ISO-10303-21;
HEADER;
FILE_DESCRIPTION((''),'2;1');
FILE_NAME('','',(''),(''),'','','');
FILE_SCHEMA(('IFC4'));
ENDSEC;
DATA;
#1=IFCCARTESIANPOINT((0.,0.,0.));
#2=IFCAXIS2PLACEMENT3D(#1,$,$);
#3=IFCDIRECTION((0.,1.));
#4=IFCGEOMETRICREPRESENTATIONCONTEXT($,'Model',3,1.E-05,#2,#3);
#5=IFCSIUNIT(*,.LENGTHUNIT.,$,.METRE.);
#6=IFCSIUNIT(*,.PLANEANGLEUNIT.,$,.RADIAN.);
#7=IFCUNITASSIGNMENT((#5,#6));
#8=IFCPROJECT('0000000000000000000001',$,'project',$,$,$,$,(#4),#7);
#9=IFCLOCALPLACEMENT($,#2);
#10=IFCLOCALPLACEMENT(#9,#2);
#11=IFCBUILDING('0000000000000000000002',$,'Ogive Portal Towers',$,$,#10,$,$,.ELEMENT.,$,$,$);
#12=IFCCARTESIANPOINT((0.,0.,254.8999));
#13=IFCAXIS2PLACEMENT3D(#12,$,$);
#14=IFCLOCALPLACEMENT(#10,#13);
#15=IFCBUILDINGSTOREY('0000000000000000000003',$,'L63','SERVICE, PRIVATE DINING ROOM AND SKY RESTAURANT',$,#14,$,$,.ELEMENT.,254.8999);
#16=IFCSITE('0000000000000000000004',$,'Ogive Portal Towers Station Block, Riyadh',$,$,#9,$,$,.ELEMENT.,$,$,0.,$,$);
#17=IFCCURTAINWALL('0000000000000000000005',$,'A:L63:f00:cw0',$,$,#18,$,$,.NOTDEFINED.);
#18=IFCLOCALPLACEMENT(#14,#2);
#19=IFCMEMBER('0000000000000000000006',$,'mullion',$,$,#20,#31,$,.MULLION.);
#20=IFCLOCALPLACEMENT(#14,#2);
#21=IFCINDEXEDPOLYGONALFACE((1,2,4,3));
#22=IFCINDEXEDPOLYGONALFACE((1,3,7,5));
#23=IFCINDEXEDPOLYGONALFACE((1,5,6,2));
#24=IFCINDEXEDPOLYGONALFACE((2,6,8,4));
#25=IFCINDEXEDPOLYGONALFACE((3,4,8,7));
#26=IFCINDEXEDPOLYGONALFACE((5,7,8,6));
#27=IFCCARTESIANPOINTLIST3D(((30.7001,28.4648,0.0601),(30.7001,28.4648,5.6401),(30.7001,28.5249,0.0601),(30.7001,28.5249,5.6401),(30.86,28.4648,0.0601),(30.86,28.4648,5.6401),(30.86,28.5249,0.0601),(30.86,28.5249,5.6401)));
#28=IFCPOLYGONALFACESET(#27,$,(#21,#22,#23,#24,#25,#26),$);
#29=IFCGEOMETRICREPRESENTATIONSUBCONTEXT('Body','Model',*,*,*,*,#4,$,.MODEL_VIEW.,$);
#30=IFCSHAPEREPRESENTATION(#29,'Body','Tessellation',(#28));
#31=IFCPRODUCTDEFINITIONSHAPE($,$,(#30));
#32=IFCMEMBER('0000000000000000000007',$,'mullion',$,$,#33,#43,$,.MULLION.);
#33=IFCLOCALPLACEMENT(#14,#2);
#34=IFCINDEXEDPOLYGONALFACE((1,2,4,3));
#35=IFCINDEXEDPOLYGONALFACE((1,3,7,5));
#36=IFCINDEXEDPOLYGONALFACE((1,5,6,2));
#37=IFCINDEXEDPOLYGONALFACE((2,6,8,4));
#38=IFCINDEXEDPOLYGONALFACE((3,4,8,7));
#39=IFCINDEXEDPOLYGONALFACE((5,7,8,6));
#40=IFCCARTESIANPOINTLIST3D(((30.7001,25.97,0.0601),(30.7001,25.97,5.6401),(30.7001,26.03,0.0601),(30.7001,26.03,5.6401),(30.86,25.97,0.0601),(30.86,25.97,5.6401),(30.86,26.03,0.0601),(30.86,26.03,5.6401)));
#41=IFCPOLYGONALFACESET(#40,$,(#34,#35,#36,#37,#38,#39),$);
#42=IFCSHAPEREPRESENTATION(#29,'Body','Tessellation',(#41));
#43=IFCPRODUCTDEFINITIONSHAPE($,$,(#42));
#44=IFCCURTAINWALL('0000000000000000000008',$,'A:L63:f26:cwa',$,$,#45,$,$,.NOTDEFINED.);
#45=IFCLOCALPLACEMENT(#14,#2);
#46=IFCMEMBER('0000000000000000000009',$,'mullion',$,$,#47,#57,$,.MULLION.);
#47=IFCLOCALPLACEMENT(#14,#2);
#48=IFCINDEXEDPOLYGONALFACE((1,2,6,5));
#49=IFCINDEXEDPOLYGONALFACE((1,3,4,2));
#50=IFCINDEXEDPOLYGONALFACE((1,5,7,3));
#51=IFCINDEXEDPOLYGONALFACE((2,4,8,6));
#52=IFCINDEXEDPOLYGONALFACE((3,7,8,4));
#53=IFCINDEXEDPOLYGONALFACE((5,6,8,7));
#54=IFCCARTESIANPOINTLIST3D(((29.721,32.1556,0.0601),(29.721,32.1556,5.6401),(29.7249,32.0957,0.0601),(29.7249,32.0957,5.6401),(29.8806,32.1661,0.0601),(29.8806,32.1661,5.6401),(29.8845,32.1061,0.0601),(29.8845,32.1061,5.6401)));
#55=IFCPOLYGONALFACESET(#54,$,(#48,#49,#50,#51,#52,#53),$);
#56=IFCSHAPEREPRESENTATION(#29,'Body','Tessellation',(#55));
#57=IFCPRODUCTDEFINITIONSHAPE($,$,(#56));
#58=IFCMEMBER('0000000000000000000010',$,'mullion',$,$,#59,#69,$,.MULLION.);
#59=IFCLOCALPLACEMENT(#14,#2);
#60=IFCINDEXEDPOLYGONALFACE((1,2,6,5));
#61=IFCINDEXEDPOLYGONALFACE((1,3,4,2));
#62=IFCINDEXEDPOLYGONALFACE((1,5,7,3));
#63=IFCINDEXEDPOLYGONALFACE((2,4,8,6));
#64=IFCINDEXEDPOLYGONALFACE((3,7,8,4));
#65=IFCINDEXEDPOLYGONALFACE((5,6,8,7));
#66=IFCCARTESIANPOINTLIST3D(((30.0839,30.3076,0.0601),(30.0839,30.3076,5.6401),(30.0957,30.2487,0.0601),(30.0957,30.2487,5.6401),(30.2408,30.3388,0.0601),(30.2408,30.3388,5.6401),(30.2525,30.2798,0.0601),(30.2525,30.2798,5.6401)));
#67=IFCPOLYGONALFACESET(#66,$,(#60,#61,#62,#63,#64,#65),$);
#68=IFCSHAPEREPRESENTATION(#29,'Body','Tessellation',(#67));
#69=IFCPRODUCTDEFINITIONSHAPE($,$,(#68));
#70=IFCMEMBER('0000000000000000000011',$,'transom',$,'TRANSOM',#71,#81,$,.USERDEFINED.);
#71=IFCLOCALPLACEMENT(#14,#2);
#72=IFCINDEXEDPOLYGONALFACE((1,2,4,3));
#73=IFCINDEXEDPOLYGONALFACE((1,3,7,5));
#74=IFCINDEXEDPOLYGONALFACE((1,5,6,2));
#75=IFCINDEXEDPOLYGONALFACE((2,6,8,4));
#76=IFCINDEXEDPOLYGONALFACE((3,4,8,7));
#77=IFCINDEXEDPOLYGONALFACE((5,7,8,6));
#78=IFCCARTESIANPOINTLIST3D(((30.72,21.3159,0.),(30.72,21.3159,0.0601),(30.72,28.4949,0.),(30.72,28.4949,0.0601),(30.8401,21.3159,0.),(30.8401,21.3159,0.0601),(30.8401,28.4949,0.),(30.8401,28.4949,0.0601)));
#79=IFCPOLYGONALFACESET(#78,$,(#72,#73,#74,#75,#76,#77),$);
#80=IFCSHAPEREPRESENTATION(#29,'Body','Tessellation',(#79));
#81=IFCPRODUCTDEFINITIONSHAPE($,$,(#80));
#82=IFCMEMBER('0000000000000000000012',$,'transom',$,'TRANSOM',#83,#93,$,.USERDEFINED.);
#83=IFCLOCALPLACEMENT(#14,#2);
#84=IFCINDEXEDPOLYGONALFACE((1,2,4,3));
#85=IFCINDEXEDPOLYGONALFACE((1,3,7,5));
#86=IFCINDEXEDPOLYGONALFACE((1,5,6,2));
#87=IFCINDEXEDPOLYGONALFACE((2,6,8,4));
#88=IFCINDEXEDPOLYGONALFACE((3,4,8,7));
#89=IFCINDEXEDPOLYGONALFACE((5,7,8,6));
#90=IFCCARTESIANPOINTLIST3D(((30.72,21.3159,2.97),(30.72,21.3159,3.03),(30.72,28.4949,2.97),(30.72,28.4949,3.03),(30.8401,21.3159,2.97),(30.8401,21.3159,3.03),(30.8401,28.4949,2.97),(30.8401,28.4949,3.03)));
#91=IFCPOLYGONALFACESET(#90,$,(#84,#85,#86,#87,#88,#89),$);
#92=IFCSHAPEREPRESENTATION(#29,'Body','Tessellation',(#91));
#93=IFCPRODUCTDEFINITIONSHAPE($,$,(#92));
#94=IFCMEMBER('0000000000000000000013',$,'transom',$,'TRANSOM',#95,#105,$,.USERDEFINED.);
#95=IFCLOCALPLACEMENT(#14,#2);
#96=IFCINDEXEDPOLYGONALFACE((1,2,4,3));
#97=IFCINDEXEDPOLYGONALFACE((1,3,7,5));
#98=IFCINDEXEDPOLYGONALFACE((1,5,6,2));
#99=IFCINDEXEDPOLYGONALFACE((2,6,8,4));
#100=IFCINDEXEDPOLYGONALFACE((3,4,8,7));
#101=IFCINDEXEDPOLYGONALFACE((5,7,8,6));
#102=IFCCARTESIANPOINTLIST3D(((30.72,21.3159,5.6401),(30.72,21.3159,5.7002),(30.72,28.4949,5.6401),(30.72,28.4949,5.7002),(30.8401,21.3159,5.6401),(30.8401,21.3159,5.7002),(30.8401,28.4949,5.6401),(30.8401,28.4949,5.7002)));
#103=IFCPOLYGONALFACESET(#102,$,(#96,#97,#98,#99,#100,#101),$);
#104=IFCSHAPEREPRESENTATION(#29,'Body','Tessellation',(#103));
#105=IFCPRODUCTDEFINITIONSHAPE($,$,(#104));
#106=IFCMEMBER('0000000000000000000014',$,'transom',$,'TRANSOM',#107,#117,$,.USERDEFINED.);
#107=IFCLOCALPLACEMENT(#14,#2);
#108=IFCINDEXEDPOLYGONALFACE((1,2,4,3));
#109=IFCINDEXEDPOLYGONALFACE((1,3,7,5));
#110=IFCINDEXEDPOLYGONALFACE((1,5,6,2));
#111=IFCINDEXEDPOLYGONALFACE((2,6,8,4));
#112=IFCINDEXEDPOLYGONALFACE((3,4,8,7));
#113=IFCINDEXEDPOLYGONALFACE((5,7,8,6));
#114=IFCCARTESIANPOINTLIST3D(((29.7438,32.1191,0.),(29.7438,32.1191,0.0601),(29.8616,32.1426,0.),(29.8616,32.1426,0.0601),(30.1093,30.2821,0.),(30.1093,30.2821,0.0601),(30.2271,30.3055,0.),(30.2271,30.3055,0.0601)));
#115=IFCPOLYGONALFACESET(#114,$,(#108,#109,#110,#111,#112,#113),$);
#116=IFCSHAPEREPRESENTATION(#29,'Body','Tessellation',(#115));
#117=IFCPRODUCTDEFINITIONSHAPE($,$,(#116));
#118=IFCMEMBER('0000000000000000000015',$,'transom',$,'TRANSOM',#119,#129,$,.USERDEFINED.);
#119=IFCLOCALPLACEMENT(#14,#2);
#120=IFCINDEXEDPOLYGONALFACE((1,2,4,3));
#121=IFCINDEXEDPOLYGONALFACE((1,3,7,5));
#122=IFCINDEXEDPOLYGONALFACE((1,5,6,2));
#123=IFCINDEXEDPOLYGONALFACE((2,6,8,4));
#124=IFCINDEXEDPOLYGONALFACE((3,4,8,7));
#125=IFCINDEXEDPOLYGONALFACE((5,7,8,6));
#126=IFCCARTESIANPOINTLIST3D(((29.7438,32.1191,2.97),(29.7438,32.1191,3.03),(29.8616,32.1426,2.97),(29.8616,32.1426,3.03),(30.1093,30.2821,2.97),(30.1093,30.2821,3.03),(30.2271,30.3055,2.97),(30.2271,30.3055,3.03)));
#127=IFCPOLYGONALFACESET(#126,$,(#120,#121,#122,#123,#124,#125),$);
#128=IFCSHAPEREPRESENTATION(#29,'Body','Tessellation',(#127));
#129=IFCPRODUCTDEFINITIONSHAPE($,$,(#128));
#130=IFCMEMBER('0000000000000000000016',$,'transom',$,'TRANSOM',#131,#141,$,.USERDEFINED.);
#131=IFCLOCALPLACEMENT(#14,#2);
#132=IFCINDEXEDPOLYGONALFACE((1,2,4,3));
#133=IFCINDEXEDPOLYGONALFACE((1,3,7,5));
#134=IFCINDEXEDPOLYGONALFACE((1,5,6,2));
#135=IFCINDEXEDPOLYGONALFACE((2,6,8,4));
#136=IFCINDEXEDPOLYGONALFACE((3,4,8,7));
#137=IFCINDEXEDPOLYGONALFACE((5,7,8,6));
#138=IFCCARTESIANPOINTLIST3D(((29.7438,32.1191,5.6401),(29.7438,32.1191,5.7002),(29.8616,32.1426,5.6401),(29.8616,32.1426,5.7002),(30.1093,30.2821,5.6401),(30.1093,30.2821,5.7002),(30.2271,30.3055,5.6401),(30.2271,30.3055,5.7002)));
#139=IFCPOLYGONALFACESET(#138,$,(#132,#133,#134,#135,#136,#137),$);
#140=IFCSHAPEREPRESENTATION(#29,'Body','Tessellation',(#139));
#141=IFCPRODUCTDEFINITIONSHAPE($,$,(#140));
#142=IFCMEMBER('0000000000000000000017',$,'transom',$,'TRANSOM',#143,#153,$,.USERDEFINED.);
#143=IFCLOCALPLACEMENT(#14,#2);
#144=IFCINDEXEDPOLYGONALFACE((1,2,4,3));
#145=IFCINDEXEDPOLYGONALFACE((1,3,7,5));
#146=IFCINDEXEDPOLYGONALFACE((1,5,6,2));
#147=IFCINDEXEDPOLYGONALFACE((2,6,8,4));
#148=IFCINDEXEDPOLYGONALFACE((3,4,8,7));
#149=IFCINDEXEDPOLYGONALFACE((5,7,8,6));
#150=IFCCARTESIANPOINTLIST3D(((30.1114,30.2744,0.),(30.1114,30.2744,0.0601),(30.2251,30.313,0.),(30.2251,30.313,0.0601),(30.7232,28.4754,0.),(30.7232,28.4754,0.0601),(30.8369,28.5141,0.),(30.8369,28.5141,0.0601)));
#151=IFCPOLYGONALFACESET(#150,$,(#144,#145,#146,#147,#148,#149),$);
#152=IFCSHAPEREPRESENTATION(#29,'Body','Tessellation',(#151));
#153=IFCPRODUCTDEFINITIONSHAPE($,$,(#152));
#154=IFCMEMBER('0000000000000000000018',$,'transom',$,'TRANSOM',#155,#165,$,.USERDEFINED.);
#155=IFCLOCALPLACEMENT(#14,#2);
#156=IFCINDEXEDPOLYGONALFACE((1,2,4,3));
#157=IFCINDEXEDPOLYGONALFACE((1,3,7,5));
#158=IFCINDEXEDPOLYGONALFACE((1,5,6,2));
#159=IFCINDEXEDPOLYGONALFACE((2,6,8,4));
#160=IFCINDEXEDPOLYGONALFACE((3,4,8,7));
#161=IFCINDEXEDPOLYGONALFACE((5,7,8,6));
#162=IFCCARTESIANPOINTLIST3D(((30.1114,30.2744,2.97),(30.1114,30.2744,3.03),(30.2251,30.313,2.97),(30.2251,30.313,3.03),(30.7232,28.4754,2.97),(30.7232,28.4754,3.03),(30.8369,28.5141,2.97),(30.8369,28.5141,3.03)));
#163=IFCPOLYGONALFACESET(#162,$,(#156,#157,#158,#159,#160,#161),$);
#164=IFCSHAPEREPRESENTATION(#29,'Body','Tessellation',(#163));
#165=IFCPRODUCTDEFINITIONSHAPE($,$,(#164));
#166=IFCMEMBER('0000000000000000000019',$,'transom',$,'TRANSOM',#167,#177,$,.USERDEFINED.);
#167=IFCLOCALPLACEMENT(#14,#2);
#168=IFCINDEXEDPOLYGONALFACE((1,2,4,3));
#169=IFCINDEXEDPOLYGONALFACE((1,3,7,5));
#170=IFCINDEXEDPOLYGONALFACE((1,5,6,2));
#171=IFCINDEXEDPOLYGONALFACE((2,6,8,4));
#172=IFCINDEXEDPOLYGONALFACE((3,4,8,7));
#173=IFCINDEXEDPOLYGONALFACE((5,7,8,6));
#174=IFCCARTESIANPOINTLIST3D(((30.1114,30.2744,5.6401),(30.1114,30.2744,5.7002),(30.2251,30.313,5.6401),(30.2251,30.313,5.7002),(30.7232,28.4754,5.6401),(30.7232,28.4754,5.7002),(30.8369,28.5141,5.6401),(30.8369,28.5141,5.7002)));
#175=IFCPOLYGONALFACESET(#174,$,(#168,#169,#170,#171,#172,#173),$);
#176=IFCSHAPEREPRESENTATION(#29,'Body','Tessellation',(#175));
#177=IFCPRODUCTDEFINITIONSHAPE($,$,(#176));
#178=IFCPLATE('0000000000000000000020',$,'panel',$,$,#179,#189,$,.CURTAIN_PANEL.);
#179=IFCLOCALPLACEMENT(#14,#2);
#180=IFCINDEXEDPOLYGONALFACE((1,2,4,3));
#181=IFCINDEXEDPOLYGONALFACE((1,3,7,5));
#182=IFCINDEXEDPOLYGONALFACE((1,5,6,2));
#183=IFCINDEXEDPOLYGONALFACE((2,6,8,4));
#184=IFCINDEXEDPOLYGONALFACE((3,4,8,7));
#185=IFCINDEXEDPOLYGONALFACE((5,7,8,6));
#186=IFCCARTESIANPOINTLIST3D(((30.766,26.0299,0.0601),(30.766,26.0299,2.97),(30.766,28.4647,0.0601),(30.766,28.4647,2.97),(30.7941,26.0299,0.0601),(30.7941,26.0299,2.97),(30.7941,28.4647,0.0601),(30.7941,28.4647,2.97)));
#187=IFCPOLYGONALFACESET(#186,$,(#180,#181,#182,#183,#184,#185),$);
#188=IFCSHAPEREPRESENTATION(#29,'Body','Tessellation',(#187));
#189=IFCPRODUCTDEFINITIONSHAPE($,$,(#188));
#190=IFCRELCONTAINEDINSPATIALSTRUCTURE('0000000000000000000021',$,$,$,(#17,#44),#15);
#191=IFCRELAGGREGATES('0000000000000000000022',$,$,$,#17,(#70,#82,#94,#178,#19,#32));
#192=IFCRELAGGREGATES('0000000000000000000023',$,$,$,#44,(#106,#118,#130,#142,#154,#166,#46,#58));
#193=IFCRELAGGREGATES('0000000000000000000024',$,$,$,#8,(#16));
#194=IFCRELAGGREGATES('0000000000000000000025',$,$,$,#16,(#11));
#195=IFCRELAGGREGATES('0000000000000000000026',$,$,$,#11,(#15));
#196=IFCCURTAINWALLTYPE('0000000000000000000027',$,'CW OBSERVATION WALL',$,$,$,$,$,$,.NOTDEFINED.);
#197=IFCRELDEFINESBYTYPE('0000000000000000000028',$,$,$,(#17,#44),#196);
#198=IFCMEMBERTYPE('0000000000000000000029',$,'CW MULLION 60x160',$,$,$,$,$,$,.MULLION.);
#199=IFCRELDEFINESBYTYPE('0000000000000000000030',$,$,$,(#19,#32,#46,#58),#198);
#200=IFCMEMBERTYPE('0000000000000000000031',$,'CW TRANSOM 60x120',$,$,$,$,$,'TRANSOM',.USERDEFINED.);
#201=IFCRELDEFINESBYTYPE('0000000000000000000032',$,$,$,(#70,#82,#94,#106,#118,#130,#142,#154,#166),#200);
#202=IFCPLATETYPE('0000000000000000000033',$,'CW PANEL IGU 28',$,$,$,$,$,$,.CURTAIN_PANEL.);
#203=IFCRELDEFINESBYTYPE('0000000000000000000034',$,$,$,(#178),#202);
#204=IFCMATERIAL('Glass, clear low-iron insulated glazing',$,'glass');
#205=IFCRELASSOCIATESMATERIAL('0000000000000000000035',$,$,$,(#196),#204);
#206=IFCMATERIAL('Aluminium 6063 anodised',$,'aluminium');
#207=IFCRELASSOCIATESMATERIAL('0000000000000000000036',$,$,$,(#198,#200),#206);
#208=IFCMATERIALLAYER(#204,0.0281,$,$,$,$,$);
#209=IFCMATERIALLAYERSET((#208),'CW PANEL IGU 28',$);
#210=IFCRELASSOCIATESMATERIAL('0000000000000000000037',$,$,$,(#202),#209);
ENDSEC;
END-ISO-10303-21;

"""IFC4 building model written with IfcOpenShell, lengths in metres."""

from ifc_helpers import new_model, si_unit, direction, frame, origin, origin_2d, place, context, subcontext, project, spatial, rectangle, extrude, material, layer, layer_set, material_profile, profile_set, type_object, element, aggregate, save


model = new_model("IFC4")

# Units and contexts
model_context = context("Model", 3, precision=1e-05, world=origin(), true_north=direction((0.0, 1.0)))
body_context = subcontext(model_context, "Body", "Model", "MODEL_VIEW")
ifc_project = project(units=[si_unit("LENGTHUNIT", "METRE"), si_unit("PLANEANGLEUNIT", "RADIAN")], contexts=[model_context])

# Site, building, storey
site_placement = place(None, origin())
site = spatial("IfcSite", under=ifc_project, at=site_placement, Name="Ogive Portal Towers Station Block, Riyadh", CompositionType="ELEMENT", RefElevation=0.0)
building_placement = place(site_placement, origin())
building = spatial("IfcBuilding", under=site, at=building_placement, Name="Ogive Portal Towers", CompositionType="ELEMENT")
storey_placement = place(building_placement, frame((0.0, 0.0, 254.8999)))
storey = spatial("IfcBuildingStorey", under=building, at=storey_placement, Name="L63", Description="SERVICE, PRIVATE DINING ROOM AND SKY RESTAURANT", CompositionType="ELEMENT", Elevation=254.8999)

# Curtain walls, members
ifc_material_1 = material(Name="Glass, clear low-iron insulated glazing", Category="glass")
curtain_wall_type = type_object("IfcCurtainWallType", Name="CW OBSERVATION WALL", PredefinedType="NOTDEFINED", material=ifc_material_1)
curtain_wall_1_placement = place(storey_placement, origin())
curtain_wall_1 = element("IfcCurtainWall", 1, at=curtain_wall_1_placement, inside=storey, type_object=curtain_wall_type, Name="A:L63:f00:cw0", PredefinedType="NOTDEFINED")
ifc_material_2 = material(Name="Aluminium 6063 anodised", Category="aluminium")
ifc_material_profile_1 = material_profile(ifc_material_2, rectangle(XDim=0.1599, YDim=0.0601, at=origin_2d()), Name="AL 60x160")
ifc_profile_set_1 = profile_set([ifc_material_profile_1], Name="Aluminium 6063 anodised")
member_type_1 = type_object("IfcMemberType", Name="CW MULLION 60x160", PredefinedType="MULLION", material=ifc_profile_set_1)
member_1_placement = place(storey_placement, frame((30.78, 28.4949, 0.0601), z_axis=(0.0, 0.0, 1.0), x_axis=(1.0, 0.0, 0.0)))
member_1 = element("IfcMember", 2, at=member_1_placement, type_object=member_type_1, Name="mullion", PredefinedType="MULLION", context=body_context, shape_type="SweptSolid", body=[
    extrude(rectangle(XDim=0.1599, YDim=0.0601, at=origin_2d()), origin(), (0.0, 0.0, 1.0), 5.5801),
])
member_2_placement = place(storey_placement, frame((30.78, 26.0, 0.0601), z_axis=(0.0, 0.0, 1.0), x_axis=(1.0, 0.0, 0.0)))
member_2 = element("IfcMember", 3, at=member_2_placement, type_object=member_type_1, Name="mullion", PredefinedType="MULLION", context=body_context, shape_type="SweptSolid", body=[
    extrude(rectangle(XDim=0.1599, YDim=0.0601, at=origin_2d()), origin(), (0.0, 0.0, 1.0), 5.5801),
])
curtain_wall_2_placement = place(storey_placement, origin())
curtain_wall_2 = element("IfcCurtainWall", 4, at=curtain_wall_2_placement, inside=storey, type_object=curtain_wall_type, Name="A:L63:f26:cwa", PredefinedType="NOTDEFINED")
member_3_placement = place(storey_placement, frame((29.8027, 32.1309, 0.0601), z_axis=(0.0, 0.0, 1.0), x_axis=(0.997859, 0.065403, 0.0)))
member_3 = element("IfcMember", 5, at=member_3_placement, type_object=member_type_1, Name="mullion", PredefinedType="MULLION", context=body_context, shape_type="SweptSolid", body=[
    extrude(rectangle(XDim=0.1599, YDim=0.0601, at=origin_2d()), origin(), (0.0, 0.0, 1.0), 5.5801),
])
member_4_placement = place(storey_placement, frame((30.1682, 30.2937, 0.0601), z_axis=(0.0, 0.0, 1.0), x_axis=(0.980785, 0.19509, 0.0)))
member_4 = element("IfcMember", 6, at=member_4_placement, type_object=member_type_1, Name="mullion", PredefinedType="MULLION", context=body_context, shape_type="SweptSolid", body=[
    extrude(rectangle(XDim=0.1599, YDim=0.0601, at=origin_2d()), origin(), (0.0, 0.0, 1.0), 5.5801),
])

# Members
ifc_material_profile_2 = material_profile(ifc_material_2, rectangle(XDim=0.1201, YDim=0.0601, at=origin_2d()), Name="AL 120x60")
ifc_profile_set_2 = profile_set([ifc_material_profile_2], Name="Aluminium 6063 anodised")
member_type_2 = type_object("IfcMemberType", Name="CW TRANSOM 60x120", ElementType="TRANSOM", PredefinedType="USERDEFINED", material=ifc_profile_set_2)
member_5_placement = place(storey_placement, frame((30.78, 28.4949, 0.03), z_axis=(0.0, -1.0, 0.0), x_axis=(1.0, 0.0, 0.0)))
member_5 = element("IfcMember", 7, at=member_5_placement, type_object=member_type_2, Name="transom", ObjectType="TRANSOM", PredefinedType="USERDEFINED", context=body_context, shape_type="SweptSolid", body=[
    extrude(rectangle(XDim=0.1201, YDim=0.0601, at=origin_2d()), origin(), (0.0, 0.0, 1.0), 7.179),
])
member_6_placement = place(storey_placement, frame((30.78, 28.4949, 3.0), z_axis=(0.0, -1.0, 0.0), x_axis=(1.0, 0.0, 0.0)))
member_6 = element("IfcMember", 8, at=member_6_placement, type_object=member_type_2, Name="transom", ObjectType="TRANSOM", PredefinedType="USERDEFINED", context=body_context, shape_type="SweptSolid", body=[
    extrude(rectangle(XDim=0.1201, YDim=0.0601, at=origin_2d()), origin(), (0.0, 0.0, 1.0), 7.179),
])
member_7_placement = place(storey_placement, frame((30.78, 28.4949, 5.6702), z_axis=(0.0, -1.0, 0.0), x_axis=(1.0, 0.0, 0.0)))
member_7 = element("IfcMember", 9, at=member_7_placement, type_object=member_type_2, Name="transom", ObjectType="TRANSOM", PredefinedType="USERDEFINED", context=body_context, shape_type="SweptSolid", body=[
    extrude(rectangle(XDim=0.1201, YDim=0.0601, at=origin_2d()), origin(), (0.0, 0.0, 1.0), 7.179),
])
member_8_placement = place(storey_placement, frame((29.8027, 32.1309, 0.03), z_axis=(0.195113, -0.980781, 0.0), x_axis=(0.980781, 0.195113, 0.0)))
member_8 = element("IfcMember", 10, at=member_8_placement, type_object=member_type_2, Name="transom", ObjectType="TRANSOM", PredefinedType="USERDEFINED", context=body_context, shape_type="SweptSolid", body=[
    extrude(rectangle(XDim=0.1201, YDim=0.0601, at=origin_2d()), origin(), (0.0, 0.0, 1.0), 1.873),
])
member_9_placement = place(storey_placement, frame((29.8027, 32.1309, 3.0), z_axis=(0.195113, -0.980781, 0.0), x_axis=(0.980781, 0.195113, 0.0)))
member_9 = element("IfcMember", 11, at=member_9_placement, type_object=member_type_2, Name="transom", ObjectType="TRANSOM", PredefinedType="USERDEFINED", context=body_context, shape_type="SweptSolid", body=[
    extrude(rectangle(XDim=0.1201, YDim=0.0601, at=origin_2d()), origin(), (0.0, 0.0, 1.0), 1.873),
])
member_10_placement = place(storey_placement, frame((29.8027, 32.1309, 5.6702), z_axis=(0.195113, -0.980781, 0.0), x_axis=(0.980781, 0.195113, 0.0)))
member_10 = element("IfcMember", 12, at=member_10_placement, type_object=member_type_2, Name="transom", ObjectType="TRANSOM", PredefinedType="USERDEFINED", context=body_context, shape_type="SweptSolid", body=[
    extrude(rectangle(XDim=0.1201, YDim=0.0601, at=origin_2d()), origin(), (0.0, 0.0, 1.0), 1.873),
])
member_11_placement = place(storey_placement, frame((30.1682, 30.2937, 0.03), z_axis=(0.322004, -0.946738, 0.0), x_axis=(0.946738, 0.322004, 0.0)))
member_11 = element("IfcMember", 13, at=member_11_placement, type_object=member_type_2, Name="transom", ObjectType="TRANSOM", PredefinedType="USERDEFINED", context=body_context, shape_type="SweptSolid", body=[
    extrude(rectangle(XDim=0.1201, YDim=0.0601, at=origin_2d()), origin(), (0.0, 0.0, 1.0), 1.9001),
])
member_12_placement = place(storey_placement, frame((30.1682, 30.2937, 3.0), z_axis=(0.322004, -0.946738, 0.0), x_axis=(0.946738, 0.322004, 0.0)))
member_12 = element("IfcMember", 14, at=member_12_placement, type_object=member_type_2, Name="transom", ObjectType="TRANSOM", PredefinedType="USERDEFINED", context=body_context, shape_type="SweptSolid", body=[
    extrude(rectangle(XDim=0.1201, YDim=0.0601, at=origin_2d()), origin(), (0.0, 0.0, 1.0), 1.9001),
])
member_13_placement = place(storey_placement, frame((30.1682, 30.2937, 5.6702), z_axis=(0.322004, -0.946738, 0.0), x_axis=(0.946738, 0.322004, 0.0)))
member_13 = element("IfcMember", 15, at=member_13_placement, type_object=member_type_2, Name="transom", ObjectType="TRANSOM", PredefinedType="USERDEFINED", context=body_context, shape_type="SweptSolid", body=[
    extrude(rectangle(XDim=0.1201, YDim=0.0601, at=origin_2d()), origin(), (0.0, 0.0, 1.0), 1.9001),
])

# Plate
ifc_layer_1 = layer(ifc_material_1, 0.0281)
ifc_layer_set_1 = layer_set([ifc_layer_1], Name="CW PANEL IGU 28")
plate_type = type_object("IfcPlateType", Name="CW PANEL IGU 28", PredefinedType="CURTAIN_PANEL", material=ifc_layer_set_1)
plate_1_placement = place(storey_placement, frame((30.78, 27.2473, 0.0601), z_axis=(0.0, 0.0, 1.0), x_axis=(0.0, -1.0, 0.0)))
plate_1 = element("IfcPlate", 16, at=plate_1_placement, type_object=plate_type, Name="panel", PredefinedType="CURTAIN_PANEL", context=body_context, shape_type="SweptSolid", body=[
    extrude(rectangle(XDim=2.4348, YDim=0.0281, at=origin_2d()), origin(), (0.0, 0.0, 1.0), 2.9099),
])
aggregate(curtain_wall_1, [member_5, member_6, member_7, plate_1, member_1, member_2])
aggregate(curtain_wall_2, [member_8, member_9, member_10, member_11, member_12, member_13, member_3, member_4])

save(model, "model.ifc")
